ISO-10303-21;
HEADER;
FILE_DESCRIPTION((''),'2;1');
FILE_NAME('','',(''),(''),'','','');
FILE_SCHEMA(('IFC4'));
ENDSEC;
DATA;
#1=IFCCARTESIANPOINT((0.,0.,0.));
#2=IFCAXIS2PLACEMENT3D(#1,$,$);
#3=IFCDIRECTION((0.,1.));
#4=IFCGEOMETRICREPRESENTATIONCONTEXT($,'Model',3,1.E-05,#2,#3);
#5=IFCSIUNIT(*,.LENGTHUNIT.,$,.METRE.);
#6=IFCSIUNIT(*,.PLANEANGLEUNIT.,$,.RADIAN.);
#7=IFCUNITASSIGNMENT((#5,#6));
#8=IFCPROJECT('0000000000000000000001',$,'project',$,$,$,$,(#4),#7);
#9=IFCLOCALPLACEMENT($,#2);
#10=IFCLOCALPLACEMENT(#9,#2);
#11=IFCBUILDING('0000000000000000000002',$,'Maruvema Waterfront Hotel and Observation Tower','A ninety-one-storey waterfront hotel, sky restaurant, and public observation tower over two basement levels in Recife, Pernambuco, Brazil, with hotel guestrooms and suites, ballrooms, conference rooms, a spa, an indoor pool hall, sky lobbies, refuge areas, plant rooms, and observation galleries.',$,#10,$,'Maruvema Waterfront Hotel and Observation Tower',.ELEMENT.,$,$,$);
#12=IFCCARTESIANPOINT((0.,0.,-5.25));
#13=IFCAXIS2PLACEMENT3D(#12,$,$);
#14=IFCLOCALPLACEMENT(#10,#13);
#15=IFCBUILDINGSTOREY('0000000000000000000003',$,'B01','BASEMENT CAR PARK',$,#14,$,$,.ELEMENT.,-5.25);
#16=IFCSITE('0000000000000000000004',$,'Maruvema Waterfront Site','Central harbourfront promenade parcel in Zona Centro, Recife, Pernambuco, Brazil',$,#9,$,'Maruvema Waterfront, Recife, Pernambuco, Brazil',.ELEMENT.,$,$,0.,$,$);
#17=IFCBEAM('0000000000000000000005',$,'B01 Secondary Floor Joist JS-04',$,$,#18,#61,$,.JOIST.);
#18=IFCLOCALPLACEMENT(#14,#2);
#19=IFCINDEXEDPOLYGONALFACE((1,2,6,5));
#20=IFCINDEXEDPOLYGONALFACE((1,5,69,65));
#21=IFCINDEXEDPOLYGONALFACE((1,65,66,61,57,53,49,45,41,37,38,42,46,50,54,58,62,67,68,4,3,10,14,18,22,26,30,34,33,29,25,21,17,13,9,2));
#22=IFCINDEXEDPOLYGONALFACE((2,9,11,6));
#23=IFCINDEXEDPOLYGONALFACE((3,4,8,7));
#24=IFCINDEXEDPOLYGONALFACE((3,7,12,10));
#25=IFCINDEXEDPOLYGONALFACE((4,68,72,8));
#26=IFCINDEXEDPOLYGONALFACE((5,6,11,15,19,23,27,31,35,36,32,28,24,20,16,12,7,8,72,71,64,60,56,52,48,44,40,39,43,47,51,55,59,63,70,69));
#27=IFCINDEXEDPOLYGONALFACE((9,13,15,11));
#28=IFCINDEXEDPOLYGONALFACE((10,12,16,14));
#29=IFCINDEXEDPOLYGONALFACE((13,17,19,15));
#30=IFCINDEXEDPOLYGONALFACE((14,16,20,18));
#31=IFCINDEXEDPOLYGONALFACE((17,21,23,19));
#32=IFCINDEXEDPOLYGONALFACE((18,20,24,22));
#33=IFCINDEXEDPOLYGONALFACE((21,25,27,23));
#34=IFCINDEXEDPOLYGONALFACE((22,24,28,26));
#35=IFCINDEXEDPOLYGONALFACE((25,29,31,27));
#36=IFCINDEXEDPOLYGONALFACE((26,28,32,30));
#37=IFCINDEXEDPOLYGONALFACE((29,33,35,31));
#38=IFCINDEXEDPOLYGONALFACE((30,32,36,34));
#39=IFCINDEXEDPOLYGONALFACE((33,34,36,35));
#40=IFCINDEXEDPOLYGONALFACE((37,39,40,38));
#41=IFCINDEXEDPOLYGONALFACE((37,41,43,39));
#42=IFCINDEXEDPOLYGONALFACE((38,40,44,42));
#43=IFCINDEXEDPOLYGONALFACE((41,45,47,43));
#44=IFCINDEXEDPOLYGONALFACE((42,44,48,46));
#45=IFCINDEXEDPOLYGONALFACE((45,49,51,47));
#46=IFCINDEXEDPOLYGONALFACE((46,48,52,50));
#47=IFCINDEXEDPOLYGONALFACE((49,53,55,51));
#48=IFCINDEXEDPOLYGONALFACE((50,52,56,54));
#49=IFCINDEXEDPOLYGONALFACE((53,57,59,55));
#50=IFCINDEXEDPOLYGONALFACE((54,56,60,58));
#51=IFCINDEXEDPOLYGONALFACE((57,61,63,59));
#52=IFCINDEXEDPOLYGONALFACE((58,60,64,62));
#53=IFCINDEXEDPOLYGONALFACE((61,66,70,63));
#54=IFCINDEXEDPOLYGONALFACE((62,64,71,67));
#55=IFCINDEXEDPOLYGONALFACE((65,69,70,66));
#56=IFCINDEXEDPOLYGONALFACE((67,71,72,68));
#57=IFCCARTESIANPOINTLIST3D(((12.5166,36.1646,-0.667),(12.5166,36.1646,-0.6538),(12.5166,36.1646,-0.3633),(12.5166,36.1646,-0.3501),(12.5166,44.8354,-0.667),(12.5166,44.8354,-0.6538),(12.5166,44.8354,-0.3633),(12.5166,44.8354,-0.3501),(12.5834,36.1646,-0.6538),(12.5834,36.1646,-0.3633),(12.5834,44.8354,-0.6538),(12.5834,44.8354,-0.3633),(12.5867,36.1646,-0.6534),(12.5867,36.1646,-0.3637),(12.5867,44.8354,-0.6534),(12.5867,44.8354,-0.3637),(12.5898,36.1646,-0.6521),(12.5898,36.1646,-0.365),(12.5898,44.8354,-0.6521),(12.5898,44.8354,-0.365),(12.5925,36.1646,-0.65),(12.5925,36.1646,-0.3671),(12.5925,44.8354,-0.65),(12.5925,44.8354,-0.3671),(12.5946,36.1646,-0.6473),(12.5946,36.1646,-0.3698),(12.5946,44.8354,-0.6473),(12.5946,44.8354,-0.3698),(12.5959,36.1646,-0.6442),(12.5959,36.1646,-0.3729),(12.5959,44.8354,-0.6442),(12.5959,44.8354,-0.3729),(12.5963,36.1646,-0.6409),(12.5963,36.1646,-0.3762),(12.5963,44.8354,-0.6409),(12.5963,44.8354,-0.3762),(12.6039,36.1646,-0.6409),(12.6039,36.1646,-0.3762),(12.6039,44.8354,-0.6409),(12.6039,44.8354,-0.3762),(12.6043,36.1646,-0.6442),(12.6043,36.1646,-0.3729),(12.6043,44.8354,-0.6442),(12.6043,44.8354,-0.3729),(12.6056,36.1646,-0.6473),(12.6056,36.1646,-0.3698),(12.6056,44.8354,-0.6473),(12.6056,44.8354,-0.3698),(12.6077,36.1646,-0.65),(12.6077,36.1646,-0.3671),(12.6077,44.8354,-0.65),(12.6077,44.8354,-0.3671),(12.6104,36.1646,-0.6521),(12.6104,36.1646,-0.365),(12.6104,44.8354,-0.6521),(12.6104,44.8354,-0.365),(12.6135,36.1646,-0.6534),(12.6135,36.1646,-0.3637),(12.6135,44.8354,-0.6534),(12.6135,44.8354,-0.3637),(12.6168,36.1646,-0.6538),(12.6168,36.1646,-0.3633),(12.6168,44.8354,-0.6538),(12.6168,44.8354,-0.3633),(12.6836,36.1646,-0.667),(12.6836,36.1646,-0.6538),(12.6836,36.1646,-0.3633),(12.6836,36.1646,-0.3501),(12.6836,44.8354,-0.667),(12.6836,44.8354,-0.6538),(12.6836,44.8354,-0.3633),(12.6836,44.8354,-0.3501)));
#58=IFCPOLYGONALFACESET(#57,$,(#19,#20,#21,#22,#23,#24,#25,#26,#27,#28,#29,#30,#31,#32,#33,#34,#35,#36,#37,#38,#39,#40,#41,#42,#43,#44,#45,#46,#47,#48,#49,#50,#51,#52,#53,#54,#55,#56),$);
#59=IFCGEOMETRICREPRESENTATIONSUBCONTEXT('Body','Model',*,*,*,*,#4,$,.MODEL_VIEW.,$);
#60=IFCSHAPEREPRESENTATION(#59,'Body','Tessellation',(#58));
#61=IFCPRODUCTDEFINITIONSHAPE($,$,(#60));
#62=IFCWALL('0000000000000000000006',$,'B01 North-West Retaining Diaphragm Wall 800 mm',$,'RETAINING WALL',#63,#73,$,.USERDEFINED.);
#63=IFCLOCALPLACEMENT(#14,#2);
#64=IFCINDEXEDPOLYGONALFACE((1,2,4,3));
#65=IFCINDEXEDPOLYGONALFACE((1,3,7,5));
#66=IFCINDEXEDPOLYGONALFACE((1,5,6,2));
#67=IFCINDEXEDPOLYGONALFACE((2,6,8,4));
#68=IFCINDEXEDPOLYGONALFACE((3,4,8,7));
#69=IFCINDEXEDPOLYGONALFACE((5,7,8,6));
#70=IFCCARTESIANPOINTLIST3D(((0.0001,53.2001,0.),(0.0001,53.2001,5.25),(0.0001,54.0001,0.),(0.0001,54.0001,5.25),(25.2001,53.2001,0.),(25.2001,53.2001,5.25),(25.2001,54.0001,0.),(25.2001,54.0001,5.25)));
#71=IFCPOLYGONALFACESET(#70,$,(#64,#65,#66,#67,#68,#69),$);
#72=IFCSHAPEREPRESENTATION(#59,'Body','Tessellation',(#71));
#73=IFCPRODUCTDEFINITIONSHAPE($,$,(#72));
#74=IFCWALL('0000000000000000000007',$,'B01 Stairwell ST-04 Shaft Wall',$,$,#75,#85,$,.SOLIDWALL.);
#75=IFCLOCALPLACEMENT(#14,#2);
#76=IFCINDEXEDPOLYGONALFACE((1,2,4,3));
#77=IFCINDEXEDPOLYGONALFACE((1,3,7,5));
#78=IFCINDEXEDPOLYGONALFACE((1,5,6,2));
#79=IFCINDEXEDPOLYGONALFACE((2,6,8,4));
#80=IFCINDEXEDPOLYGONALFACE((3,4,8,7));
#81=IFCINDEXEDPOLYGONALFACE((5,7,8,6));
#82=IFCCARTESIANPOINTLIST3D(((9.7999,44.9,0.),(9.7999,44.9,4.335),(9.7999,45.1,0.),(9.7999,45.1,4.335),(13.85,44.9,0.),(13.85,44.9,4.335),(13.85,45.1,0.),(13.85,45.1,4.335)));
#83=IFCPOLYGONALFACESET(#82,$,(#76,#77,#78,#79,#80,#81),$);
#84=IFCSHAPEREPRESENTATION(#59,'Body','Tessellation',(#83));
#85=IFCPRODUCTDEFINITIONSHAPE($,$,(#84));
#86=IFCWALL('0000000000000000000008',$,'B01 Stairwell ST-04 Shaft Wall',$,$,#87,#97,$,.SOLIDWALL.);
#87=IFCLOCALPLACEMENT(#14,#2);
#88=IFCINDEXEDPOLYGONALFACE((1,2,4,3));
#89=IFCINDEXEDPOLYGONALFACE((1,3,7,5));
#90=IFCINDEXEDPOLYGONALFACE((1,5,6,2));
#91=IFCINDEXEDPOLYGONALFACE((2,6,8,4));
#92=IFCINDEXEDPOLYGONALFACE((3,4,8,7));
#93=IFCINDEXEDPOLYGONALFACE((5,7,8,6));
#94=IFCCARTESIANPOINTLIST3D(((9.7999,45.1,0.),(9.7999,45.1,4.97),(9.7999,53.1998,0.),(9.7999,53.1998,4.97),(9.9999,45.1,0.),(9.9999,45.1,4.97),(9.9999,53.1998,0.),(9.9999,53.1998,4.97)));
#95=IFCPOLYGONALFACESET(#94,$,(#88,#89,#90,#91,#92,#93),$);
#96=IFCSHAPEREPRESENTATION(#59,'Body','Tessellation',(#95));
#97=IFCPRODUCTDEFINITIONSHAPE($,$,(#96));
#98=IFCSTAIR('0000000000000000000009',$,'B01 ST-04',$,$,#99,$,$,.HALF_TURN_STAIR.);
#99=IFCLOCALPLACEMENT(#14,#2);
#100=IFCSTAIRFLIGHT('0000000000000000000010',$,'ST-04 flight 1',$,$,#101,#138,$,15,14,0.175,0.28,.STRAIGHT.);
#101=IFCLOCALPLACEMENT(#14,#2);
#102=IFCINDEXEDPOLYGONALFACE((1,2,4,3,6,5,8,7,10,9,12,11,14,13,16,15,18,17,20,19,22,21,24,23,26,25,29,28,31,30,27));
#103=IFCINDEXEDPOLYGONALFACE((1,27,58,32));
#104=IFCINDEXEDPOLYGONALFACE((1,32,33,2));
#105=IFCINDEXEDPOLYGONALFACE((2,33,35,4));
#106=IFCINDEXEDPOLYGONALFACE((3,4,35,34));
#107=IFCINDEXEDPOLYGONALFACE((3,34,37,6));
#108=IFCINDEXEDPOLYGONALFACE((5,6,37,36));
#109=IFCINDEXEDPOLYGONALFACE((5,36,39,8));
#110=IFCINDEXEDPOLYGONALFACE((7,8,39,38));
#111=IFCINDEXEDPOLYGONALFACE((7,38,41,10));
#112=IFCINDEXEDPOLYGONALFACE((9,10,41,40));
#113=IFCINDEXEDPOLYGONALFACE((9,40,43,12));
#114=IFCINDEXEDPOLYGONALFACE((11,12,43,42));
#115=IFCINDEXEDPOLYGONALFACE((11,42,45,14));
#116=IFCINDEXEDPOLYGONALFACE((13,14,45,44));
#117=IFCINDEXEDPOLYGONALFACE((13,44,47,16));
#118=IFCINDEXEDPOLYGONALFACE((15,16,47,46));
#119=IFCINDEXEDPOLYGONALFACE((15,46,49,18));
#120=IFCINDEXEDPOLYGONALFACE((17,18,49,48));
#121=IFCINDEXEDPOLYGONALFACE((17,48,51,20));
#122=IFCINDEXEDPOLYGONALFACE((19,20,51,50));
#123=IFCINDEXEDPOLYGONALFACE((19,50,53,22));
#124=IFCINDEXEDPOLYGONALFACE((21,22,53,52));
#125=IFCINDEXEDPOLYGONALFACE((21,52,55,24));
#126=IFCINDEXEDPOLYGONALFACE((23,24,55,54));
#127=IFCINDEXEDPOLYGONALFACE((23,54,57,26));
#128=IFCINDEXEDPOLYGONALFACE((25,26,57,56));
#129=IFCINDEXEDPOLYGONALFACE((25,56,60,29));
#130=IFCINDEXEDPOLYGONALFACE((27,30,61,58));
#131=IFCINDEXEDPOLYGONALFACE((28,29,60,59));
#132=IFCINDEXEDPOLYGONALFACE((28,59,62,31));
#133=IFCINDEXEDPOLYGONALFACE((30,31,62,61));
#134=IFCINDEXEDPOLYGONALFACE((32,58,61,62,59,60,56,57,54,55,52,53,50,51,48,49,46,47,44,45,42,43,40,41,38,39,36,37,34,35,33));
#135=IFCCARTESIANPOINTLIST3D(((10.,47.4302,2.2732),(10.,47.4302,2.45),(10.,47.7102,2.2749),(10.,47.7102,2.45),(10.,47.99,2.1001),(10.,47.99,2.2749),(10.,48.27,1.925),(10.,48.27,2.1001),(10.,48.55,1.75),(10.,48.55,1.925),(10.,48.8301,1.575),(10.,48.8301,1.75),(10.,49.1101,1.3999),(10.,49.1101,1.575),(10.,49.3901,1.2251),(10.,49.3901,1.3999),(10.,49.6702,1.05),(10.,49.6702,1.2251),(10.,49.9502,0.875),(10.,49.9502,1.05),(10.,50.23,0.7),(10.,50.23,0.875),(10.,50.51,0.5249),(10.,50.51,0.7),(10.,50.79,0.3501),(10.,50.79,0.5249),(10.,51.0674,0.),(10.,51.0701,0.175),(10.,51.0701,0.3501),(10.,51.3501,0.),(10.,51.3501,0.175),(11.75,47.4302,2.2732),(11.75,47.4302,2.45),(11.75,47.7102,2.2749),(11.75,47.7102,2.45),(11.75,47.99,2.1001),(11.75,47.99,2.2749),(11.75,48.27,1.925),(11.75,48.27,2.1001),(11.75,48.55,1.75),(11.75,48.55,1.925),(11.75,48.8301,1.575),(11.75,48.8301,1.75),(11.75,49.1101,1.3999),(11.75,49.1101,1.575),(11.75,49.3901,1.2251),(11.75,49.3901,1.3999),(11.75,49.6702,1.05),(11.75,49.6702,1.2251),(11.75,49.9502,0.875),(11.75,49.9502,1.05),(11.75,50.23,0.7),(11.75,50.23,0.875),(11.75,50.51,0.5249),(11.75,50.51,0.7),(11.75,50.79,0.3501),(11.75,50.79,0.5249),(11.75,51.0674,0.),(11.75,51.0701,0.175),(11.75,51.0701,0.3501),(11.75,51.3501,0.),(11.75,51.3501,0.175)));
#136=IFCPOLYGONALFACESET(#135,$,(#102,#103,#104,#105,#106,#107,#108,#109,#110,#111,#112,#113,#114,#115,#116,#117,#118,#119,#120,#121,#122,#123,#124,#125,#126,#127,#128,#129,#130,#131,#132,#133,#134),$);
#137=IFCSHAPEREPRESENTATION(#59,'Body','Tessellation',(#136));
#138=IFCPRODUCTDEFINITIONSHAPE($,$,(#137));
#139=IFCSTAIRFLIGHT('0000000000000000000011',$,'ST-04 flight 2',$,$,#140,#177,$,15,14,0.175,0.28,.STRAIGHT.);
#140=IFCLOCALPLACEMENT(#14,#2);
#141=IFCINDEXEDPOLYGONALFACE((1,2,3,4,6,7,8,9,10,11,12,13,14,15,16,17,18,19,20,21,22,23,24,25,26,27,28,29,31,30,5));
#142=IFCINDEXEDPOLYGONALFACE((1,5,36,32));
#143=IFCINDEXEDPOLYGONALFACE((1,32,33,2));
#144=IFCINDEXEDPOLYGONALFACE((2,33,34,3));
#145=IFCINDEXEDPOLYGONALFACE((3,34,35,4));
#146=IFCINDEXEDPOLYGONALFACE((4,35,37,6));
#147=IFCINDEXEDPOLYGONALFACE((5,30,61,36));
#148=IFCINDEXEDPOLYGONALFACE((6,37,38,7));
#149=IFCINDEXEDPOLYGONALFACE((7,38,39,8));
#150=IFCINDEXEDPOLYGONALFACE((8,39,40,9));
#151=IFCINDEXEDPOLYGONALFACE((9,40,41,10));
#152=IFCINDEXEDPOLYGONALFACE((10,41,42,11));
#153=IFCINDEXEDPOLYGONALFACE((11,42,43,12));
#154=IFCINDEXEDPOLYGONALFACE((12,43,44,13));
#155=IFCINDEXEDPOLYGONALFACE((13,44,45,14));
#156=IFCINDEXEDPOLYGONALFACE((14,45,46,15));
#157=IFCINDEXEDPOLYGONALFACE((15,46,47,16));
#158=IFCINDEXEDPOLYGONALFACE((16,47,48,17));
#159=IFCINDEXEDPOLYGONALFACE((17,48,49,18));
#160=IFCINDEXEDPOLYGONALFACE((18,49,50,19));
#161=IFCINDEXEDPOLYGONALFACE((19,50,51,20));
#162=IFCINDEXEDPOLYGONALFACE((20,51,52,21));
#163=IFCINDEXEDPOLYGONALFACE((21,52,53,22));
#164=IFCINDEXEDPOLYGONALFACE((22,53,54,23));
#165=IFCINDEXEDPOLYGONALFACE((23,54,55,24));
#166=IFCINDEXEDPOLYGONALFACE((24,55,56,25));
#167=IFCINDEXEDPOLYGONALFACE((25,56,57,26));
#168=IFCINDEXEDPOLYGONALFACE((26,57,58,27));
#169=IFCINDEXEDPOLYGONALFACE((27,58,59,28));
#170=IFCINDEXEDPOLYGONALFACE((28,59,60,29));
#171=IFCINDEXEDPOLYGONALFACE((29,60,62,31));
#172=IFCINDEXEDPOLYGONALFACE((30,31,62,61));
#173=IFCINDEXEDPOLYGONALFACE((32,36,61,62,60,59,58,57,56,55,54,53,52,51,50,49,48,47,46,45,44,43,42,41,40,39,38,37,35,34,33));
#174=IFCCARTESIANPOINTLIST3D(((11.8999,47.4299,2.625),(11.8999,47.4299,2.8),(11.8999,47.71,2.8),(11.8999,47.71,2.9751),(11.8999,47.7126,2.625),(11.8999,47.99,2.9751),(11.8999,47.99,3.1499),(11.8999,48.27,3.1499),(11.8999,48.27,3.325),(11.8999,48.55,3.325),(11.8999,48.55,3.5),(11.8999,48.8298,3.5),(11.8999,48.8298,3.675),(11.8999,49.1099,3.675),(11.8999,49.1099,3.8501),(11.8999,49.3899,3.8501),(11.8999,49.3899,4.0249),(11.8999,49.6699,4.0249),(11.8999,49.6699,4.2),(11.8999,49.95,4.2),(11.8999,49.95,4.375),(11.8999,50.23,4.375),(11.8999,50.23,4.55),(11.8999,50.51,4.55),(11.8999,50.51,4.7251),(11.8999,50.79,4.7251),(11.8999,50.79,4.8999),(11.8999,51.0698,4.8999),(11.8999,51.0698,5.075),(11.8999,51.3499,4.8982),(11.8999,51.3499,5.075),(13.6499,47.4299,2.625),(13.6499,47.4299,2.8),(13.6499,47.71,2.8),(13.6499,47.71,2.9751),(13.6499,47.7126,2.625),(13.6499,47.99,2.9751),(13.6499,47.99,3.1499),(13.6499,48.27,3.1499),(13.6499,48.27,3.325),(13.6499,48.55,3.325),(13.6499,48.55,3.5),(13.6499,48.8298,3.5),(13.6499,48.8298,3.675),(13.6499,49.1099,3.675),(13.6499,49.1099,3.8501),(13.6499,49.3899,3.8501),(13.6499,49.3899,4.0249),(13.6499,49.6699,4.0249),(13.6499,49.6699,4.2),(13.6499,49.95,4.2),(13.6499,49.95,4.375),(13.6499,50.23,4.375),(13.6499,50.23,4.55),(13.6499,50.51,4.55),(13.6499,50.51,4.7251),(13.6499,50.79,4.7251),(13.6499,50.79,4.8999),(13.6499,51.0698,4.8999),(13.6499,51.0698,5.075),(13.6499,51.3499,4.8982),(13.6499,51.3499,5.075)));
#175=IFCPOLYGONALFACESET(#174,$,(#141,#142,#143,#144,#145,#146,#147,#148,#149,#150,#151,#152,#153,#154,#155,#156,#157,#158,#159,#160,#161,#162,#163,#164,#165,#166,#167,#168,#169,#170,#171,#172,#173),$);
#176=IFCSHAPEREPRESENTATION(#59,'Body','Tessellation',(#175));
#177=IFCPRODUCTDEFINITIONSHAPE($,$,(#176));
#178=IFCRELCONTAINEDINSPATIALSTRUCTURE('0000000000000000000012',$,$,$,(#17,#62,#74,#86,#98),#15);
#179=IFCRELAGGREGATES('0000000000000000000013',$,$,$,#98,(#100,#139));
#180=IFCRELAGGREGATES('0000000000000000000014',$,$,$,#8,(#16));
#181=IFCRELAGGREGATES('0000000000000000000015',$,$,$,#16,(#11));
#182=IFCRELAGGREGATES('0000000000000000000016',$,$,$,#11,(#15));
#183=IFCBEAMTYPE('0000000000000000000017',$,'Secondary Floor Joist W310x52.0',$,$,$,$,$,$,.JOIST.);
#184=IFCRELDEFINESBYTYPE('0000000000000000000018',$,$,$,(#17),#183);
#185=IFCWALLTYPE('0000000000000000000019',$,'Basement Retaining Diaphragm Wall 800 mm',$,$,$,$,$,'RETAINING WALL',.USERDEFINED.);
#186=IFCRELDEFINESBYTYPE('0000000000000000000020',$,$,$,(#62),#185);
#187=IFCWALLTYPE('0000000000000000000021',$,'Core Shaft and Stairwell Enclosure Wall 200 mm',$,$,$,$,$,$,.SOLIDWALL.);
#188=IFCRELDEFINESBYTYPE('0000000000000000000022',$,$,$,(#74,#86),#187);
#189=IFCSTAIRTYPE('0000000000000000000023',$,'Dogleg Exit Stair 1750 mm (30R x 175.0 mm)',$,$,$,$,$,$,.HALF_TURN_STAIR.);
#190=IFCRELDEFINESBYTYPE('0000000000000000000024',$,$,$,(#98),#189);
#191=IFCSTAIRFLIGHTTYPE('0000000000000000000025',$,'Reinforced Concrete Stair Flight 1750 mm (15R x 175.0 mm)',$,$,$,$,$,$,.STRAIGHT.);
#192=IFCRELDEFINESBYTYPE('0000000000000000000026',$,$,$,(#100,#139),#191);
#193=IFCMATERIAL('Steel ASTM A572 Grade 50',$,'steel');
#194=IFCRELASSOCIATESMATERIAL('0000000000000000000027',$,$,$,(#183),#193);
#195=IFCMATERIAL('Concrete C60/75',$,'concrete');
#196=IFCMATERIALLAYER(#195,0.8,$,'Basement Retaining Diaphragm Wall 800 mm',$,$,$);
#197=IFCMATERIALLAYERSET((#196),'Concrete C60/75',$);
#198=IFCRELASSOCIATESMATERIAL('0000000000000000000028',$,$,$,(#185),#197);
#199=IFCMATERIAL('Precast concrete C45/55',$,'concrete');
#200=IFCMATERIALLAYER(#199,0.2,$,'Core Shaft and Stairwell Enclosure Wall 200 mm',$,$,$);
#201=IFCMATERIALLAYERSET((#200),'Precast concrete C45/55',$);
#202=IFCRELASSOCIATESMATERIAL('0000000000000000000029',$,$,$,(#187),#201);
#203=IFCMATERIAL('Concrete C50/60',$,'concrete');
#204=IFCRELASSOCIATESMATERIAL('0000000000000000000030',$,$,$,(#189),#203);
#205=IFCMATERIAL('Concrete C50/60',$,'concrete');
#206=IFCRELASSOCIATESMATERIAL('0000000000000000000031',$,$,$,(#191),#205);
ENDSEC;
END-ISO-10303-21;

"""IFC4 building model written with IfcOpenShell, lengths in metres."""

from ifc_helpers import new_model, si_unit, direction, frame, frame_2d, origin, origin_2d, place, context, subcontext, project, spatial, polyline, rectangle, i_section, outline, extrude, material, layer, layer_set, material_profile, profile_set, type_object, element, aggregate, save


model = new_model("IFC4")

# Units and contexts
model_context = context("Model", 3, precision=1e-05, world=origin(), true_north=direction((0.0, 1.0)))
body_context = subcontext(model_context, "Body", "Model", "MODEL_VIEW")
ifc_project = project(units=[si_unit("LENGTHUNIT", "METRE"), si_unit("PLANEANGLEUNIT", "RADIAN")], contexts=[model_context])

# Site, building, storey
site_placement = place(None, origin())
site = spatial("IfcSite", under=ifc_project, at=site_placement, Name="Maruvema Waterfront Site", Description="Central harbourfront promenade parcel in Zona Centro, Recife, Pernambuco, Brazil", LongName="Maruvema Waterfront, Recife, Pernambuco, Brazil", CompositionType="ELEMENT", RefElevation=0.0)
building_placement = place(site_placement, origin())
building = spatial("IfcBuilding", under=site, at=building_placement, Name="Maruvema Waterfront Hotel and Observation Tower", Description="A ninety-one-storey waterfront hotel, sky restaurant, and public observation tower over two basement levels in Recife, Pernambuco, Brazil, with hotel guestrooms and suites, ballrooms, conference rooms, a spa, an indoor pool hall, sky lobbies, refuge areas, plant rooms, and observation galleries.", LongName="Maruvema Waterfront Hotel and Observation Tower", CompositionType="ELEMENT")
storey_placement = place(building_placement, frame((0.0, 0.0, -5.25)))
storey = spatial("IfcBuildingStorey", under=building, at=storey_placement, Name="B01", Description="BASEMENT CAR PARK", CompositionType="ELEMENT", Elevation=-5.25)

# Beam
ifc_material_1 = material(Name="Steel ASTM A572 Grade 50", Category="steel")
ifc_material_profile_1 = material_profile(ifc_material_1, i_section(OverallWidth=0.167, OverallDepth=0.3169, WebThickness=0.0076, FlangeThickness=0.0132, FilletRadius=0.0129, at=origin_2d()), Name="W310x52.0")
ifc_profile_set_1 = profile_set([ifc_material_profile_1], Name="Steel ASTM A572 Grade 50")
beam_type_1 = type_object("IfcBeamType", Name="Secondary Floor Joist W310x52.0", PredefinedType="JOIST", material=ifc_profile_set_1)
beam_1_placement = place(storey_placement, frame((12.6001, 36.1646, -0.5085), z_axis=(0.0, 1.0, 0.0), x_axis=(-1.0, 0.0, 0.0)))
element("IfcBeam", 1, at=beam_1_placement, inside=storey, type_object=beam_type_1, Name="B01 Secondary Floor Joist JS-04", PredefinedType="JOIST", context=body_context, shape_type="SweptSolid", body=[
    extrude(i_section(OverallWidth=0.167, OverallDepth=0.3169, WebThickness=0.0076, FlangeThickness=0.0132, FilletRadius=0.0129, at=origin_2d()), origin(), (0.0, 0.0, 1.0), 8.6709),
])

# Walls
ifc_material_2 = material(Name="Concrete C60/75", Category="concrete")
ifc_layer_1 = layer(ifc_material_2, 0.8, Name="Basement Retaining Diaphragm Wall 800 mm")
ifc_layer_set_1 = layer_set([ifc_layer_1], Name="Concrete C60/75")
wall_type_1 = type_object("IfcWallType", Name="Basement Retaining Diaphragm Wall 800 mm", ElementType="RETAINING WALL", PredefinedType="USERDEFINED", material=ifc_layer_set_1)
wall_1_placement = place(storey_placement, frame((0.0, 53.6001, 0.0), z_axis=(0.0, 0.0, 1.0), x_axis=(1.0, 0.0, 0.0)))
element("IfcWall", 2, at=wall_1_placement, inside=storey, type_object=wall_type_1, Name="B01 North-West Retaining Diaphragm Wall 800 mm", ObjectType="RETAINING WALL", PredefinedType="USERDEFINED", context=body_context, shape_type="SweptSolid", body=[
    extrude(rectangle(XDim=25.2, YDim=0.8, at=frame_2d((12.6001, 0.0))), origin(), (0.0, 0.0, 1.0), 5.25),
])
ifc_material_3 = material(Name="Precast concrete C45/55", Category="concrete")
ifc_layer_2 = layer(ifc_material_3, 0.2, Name="Core Shaft and Stairwell Enclosure Wall 200 mm")
ifc_layer_set_2 = layer_set([ifc_layer_2], Name="Precast concrete C45/55")
wall_type_2 = type_object("IfcWallType", Name="Core Shaft and Stairwell Enclosure Wall 200 mm", PredefinedType="SOLIDWALL", material=ifc_layer_set_2)
wall_2_placement = place(storey_placement, frame((9.8, 45.0, 0.0), z_axis=(0.0, 0.0, 1.0), x_axis=(1.0, 0.0, 0.0)))
element("IfcWall", 3, at=wall_2_placement, inside=storey, type_object=wall_type_2, Name="B01 Stairwell ST-04 Shaft Wall", PredefinedType="SOLIDWALL", context=body_context, shape_type="SweptSolid", body=[
    extrude(rectangle(XDim=4.05, YDim=0.2, at=frame_2d((2.0249, 0.0))), origin(), (0.0, 0.0, 1.0), 4.335),
])
wall_3_placement = place(storey_placement, frame((9.8999, 45.1001, 0.0), z_axis=(0.0, 0.0, 1.0), x_axis=(0.0, 1.0, 0.0)))
element("IfcWall", 4, at=wall_3_placement, inside=storey, type_object=wall_type_2, Name="B01 Stairwell ST-04 Shaft Wall", PredefinedType="SOLIDWALL", context=body_context, shape_type="SweptSolid", body=[
    extrude(rectangle(XDim=8.0999, YDim=0.2, at=frame_2d((4.0498, 0.0))), origin(), (0.0, 0.0, 1.0), 4.97),
])

# Stair, stair flights
ifc_material_4 = material(Name="Concrete C50/60", Category="concrete")
stair_type = type_object("IfcStairType", Name="Dogleg Exit Stair 1750 mm (30R x 175.0 mm)", PredefinedType="HALF_TURN_STAIR", material=ifc_material_4)
stair_placement = place(storey_placement, origin())
stair = element("IfcStair", 5, at=stair_placement, inside=storey, type_object=stair_type, Name="B01 ST-04", PredefinedType="HALF_TURN_STAIR")
ifc_material_5 = material(Name="Concrete C50/60", Category="concrete")
stair_flight_type = type_object("IfcStairFlightType", Name="Reinforced Concrete Stair Flight 1750 mm (15R x 175.0 mm)", PredefinedType="STRAIGHT", material=ifc_material_5)
stair_flight_1_placement = place(storey_placement, frame((10.875, 51.3501, 0.0), z_axis=(0.0, 0.0, 1.0), x_axis=(0.0, -1.0, 0.0)))
stair_flight_1 = element("IfcStairFlight", 6, at=stair_flight_1_placement, type_object=stair_flight_type, Name="ST-04 flight 1", NumberOfRisers=15, NumberOfTreads=14, PredefinedType="STRAIGHT", RiserHeight=0.175, TreadLength=0.28, context=body_context, shape_type="SweptSolid", body=[
    extrude(outline(polyline([(0.0, 0.0), (0.0, 0.175), (0.28, 0.175), (0.28, 0.3501), (0.5601, 0.3501), (0.5601, 0.5249), (0.8401, 0.5249), (0.8401, 0.7), (1.1201, 0.7), (1.1201, 0.875), (1.3999, 0.875), (1.3999, 1.05), (1.6799, 1.05), (1.6799, 1.2251), (1.96, 1.2251), (1.96, 1.3999), (2.24, 1.3999), (2.24, 1.575), (2.52, 1.575), (2.52, 1.75), (2.8, 1.75), (2.8, 1.925), (3.0801, 1.925), (3.0801, 2.1001), (3.3601, 2.1001), (3.3601, 2.2749), (3.6399, 2.2749), (3.6399, 2.45), (3.9199, 2.45), (3.9199, 2.625), (3.9199, 2.2732), (0.2827, 0.0), (0.0, 0.0)])), frame((0.0, 0.875, 0.0), z_axis=(0.0, -1.0, 0.0), x_axis=(1.0, 0.0, 0.0)), (0.0, 0.0, 1.0), 1.75),
])
stair_flight_2_placement = place(storey_placement, frame((12.7749, 47.4299, 2.625), z_axis=(0.0, 0.0, 1.0), x_axis=(0.0, 1.0, 0.0)))
stair_flight_2 = element("IfcStairFlight", 7, at=stair_flight_2_placement, type_object=stair_flight_type, Name="ST-04 flight 2", NumberOfRisers=15, NumberOfTreads=14, PredefinedType="STRAIGHT", RiserHeight=0.175, TreadLength=0.28, context=body_context, shape_type="SweptSolid", body=[
    extrude(outline(polyline([(0.0, 0.0), (0.0, 0.175), (0.28, 0.175), (0.28, 0.3501), (0.5601, 0.3501), (0.5601, 0.5249), (0.8401, 0.5249), (0.8401, 0.7), (1.1201, 0.7), (1.1201, 0.875), (1.3999, 0.875), (1.3999, 1.05), (1.6799, 1.05), (1.6799, 1.2251), (1.96, 1.2251), (1.96, 1.3999), (2.24, 1.3999), (2.24, 1.575), (2.52, 1.575), (2.52, 1.75), (2.8, 1.75), (2.8, 1.925), (3.0801, 1.925), (3.0801, 2.1001), (3.3601, 2.1001), (3.3601, 2.2749), (3.6399, 2.2749), (3.6399, 2.45), (3.9199, 2.45), (3.9199, 2.625), (3.9199, 2.2732), (0.2827, 0.0), (0.0, 0.0)])), frame((0.0, 0.875, 0.0), z_axis=(0.0, -1.0, 0.0), x_axis=(1.0, 0.0, 0.0)), (0.0, 0.0, 1.0), 1.75),
])
aggregate(stair, [stair_flight_1, stair_flight_2])

save(model, "model.ifc")
